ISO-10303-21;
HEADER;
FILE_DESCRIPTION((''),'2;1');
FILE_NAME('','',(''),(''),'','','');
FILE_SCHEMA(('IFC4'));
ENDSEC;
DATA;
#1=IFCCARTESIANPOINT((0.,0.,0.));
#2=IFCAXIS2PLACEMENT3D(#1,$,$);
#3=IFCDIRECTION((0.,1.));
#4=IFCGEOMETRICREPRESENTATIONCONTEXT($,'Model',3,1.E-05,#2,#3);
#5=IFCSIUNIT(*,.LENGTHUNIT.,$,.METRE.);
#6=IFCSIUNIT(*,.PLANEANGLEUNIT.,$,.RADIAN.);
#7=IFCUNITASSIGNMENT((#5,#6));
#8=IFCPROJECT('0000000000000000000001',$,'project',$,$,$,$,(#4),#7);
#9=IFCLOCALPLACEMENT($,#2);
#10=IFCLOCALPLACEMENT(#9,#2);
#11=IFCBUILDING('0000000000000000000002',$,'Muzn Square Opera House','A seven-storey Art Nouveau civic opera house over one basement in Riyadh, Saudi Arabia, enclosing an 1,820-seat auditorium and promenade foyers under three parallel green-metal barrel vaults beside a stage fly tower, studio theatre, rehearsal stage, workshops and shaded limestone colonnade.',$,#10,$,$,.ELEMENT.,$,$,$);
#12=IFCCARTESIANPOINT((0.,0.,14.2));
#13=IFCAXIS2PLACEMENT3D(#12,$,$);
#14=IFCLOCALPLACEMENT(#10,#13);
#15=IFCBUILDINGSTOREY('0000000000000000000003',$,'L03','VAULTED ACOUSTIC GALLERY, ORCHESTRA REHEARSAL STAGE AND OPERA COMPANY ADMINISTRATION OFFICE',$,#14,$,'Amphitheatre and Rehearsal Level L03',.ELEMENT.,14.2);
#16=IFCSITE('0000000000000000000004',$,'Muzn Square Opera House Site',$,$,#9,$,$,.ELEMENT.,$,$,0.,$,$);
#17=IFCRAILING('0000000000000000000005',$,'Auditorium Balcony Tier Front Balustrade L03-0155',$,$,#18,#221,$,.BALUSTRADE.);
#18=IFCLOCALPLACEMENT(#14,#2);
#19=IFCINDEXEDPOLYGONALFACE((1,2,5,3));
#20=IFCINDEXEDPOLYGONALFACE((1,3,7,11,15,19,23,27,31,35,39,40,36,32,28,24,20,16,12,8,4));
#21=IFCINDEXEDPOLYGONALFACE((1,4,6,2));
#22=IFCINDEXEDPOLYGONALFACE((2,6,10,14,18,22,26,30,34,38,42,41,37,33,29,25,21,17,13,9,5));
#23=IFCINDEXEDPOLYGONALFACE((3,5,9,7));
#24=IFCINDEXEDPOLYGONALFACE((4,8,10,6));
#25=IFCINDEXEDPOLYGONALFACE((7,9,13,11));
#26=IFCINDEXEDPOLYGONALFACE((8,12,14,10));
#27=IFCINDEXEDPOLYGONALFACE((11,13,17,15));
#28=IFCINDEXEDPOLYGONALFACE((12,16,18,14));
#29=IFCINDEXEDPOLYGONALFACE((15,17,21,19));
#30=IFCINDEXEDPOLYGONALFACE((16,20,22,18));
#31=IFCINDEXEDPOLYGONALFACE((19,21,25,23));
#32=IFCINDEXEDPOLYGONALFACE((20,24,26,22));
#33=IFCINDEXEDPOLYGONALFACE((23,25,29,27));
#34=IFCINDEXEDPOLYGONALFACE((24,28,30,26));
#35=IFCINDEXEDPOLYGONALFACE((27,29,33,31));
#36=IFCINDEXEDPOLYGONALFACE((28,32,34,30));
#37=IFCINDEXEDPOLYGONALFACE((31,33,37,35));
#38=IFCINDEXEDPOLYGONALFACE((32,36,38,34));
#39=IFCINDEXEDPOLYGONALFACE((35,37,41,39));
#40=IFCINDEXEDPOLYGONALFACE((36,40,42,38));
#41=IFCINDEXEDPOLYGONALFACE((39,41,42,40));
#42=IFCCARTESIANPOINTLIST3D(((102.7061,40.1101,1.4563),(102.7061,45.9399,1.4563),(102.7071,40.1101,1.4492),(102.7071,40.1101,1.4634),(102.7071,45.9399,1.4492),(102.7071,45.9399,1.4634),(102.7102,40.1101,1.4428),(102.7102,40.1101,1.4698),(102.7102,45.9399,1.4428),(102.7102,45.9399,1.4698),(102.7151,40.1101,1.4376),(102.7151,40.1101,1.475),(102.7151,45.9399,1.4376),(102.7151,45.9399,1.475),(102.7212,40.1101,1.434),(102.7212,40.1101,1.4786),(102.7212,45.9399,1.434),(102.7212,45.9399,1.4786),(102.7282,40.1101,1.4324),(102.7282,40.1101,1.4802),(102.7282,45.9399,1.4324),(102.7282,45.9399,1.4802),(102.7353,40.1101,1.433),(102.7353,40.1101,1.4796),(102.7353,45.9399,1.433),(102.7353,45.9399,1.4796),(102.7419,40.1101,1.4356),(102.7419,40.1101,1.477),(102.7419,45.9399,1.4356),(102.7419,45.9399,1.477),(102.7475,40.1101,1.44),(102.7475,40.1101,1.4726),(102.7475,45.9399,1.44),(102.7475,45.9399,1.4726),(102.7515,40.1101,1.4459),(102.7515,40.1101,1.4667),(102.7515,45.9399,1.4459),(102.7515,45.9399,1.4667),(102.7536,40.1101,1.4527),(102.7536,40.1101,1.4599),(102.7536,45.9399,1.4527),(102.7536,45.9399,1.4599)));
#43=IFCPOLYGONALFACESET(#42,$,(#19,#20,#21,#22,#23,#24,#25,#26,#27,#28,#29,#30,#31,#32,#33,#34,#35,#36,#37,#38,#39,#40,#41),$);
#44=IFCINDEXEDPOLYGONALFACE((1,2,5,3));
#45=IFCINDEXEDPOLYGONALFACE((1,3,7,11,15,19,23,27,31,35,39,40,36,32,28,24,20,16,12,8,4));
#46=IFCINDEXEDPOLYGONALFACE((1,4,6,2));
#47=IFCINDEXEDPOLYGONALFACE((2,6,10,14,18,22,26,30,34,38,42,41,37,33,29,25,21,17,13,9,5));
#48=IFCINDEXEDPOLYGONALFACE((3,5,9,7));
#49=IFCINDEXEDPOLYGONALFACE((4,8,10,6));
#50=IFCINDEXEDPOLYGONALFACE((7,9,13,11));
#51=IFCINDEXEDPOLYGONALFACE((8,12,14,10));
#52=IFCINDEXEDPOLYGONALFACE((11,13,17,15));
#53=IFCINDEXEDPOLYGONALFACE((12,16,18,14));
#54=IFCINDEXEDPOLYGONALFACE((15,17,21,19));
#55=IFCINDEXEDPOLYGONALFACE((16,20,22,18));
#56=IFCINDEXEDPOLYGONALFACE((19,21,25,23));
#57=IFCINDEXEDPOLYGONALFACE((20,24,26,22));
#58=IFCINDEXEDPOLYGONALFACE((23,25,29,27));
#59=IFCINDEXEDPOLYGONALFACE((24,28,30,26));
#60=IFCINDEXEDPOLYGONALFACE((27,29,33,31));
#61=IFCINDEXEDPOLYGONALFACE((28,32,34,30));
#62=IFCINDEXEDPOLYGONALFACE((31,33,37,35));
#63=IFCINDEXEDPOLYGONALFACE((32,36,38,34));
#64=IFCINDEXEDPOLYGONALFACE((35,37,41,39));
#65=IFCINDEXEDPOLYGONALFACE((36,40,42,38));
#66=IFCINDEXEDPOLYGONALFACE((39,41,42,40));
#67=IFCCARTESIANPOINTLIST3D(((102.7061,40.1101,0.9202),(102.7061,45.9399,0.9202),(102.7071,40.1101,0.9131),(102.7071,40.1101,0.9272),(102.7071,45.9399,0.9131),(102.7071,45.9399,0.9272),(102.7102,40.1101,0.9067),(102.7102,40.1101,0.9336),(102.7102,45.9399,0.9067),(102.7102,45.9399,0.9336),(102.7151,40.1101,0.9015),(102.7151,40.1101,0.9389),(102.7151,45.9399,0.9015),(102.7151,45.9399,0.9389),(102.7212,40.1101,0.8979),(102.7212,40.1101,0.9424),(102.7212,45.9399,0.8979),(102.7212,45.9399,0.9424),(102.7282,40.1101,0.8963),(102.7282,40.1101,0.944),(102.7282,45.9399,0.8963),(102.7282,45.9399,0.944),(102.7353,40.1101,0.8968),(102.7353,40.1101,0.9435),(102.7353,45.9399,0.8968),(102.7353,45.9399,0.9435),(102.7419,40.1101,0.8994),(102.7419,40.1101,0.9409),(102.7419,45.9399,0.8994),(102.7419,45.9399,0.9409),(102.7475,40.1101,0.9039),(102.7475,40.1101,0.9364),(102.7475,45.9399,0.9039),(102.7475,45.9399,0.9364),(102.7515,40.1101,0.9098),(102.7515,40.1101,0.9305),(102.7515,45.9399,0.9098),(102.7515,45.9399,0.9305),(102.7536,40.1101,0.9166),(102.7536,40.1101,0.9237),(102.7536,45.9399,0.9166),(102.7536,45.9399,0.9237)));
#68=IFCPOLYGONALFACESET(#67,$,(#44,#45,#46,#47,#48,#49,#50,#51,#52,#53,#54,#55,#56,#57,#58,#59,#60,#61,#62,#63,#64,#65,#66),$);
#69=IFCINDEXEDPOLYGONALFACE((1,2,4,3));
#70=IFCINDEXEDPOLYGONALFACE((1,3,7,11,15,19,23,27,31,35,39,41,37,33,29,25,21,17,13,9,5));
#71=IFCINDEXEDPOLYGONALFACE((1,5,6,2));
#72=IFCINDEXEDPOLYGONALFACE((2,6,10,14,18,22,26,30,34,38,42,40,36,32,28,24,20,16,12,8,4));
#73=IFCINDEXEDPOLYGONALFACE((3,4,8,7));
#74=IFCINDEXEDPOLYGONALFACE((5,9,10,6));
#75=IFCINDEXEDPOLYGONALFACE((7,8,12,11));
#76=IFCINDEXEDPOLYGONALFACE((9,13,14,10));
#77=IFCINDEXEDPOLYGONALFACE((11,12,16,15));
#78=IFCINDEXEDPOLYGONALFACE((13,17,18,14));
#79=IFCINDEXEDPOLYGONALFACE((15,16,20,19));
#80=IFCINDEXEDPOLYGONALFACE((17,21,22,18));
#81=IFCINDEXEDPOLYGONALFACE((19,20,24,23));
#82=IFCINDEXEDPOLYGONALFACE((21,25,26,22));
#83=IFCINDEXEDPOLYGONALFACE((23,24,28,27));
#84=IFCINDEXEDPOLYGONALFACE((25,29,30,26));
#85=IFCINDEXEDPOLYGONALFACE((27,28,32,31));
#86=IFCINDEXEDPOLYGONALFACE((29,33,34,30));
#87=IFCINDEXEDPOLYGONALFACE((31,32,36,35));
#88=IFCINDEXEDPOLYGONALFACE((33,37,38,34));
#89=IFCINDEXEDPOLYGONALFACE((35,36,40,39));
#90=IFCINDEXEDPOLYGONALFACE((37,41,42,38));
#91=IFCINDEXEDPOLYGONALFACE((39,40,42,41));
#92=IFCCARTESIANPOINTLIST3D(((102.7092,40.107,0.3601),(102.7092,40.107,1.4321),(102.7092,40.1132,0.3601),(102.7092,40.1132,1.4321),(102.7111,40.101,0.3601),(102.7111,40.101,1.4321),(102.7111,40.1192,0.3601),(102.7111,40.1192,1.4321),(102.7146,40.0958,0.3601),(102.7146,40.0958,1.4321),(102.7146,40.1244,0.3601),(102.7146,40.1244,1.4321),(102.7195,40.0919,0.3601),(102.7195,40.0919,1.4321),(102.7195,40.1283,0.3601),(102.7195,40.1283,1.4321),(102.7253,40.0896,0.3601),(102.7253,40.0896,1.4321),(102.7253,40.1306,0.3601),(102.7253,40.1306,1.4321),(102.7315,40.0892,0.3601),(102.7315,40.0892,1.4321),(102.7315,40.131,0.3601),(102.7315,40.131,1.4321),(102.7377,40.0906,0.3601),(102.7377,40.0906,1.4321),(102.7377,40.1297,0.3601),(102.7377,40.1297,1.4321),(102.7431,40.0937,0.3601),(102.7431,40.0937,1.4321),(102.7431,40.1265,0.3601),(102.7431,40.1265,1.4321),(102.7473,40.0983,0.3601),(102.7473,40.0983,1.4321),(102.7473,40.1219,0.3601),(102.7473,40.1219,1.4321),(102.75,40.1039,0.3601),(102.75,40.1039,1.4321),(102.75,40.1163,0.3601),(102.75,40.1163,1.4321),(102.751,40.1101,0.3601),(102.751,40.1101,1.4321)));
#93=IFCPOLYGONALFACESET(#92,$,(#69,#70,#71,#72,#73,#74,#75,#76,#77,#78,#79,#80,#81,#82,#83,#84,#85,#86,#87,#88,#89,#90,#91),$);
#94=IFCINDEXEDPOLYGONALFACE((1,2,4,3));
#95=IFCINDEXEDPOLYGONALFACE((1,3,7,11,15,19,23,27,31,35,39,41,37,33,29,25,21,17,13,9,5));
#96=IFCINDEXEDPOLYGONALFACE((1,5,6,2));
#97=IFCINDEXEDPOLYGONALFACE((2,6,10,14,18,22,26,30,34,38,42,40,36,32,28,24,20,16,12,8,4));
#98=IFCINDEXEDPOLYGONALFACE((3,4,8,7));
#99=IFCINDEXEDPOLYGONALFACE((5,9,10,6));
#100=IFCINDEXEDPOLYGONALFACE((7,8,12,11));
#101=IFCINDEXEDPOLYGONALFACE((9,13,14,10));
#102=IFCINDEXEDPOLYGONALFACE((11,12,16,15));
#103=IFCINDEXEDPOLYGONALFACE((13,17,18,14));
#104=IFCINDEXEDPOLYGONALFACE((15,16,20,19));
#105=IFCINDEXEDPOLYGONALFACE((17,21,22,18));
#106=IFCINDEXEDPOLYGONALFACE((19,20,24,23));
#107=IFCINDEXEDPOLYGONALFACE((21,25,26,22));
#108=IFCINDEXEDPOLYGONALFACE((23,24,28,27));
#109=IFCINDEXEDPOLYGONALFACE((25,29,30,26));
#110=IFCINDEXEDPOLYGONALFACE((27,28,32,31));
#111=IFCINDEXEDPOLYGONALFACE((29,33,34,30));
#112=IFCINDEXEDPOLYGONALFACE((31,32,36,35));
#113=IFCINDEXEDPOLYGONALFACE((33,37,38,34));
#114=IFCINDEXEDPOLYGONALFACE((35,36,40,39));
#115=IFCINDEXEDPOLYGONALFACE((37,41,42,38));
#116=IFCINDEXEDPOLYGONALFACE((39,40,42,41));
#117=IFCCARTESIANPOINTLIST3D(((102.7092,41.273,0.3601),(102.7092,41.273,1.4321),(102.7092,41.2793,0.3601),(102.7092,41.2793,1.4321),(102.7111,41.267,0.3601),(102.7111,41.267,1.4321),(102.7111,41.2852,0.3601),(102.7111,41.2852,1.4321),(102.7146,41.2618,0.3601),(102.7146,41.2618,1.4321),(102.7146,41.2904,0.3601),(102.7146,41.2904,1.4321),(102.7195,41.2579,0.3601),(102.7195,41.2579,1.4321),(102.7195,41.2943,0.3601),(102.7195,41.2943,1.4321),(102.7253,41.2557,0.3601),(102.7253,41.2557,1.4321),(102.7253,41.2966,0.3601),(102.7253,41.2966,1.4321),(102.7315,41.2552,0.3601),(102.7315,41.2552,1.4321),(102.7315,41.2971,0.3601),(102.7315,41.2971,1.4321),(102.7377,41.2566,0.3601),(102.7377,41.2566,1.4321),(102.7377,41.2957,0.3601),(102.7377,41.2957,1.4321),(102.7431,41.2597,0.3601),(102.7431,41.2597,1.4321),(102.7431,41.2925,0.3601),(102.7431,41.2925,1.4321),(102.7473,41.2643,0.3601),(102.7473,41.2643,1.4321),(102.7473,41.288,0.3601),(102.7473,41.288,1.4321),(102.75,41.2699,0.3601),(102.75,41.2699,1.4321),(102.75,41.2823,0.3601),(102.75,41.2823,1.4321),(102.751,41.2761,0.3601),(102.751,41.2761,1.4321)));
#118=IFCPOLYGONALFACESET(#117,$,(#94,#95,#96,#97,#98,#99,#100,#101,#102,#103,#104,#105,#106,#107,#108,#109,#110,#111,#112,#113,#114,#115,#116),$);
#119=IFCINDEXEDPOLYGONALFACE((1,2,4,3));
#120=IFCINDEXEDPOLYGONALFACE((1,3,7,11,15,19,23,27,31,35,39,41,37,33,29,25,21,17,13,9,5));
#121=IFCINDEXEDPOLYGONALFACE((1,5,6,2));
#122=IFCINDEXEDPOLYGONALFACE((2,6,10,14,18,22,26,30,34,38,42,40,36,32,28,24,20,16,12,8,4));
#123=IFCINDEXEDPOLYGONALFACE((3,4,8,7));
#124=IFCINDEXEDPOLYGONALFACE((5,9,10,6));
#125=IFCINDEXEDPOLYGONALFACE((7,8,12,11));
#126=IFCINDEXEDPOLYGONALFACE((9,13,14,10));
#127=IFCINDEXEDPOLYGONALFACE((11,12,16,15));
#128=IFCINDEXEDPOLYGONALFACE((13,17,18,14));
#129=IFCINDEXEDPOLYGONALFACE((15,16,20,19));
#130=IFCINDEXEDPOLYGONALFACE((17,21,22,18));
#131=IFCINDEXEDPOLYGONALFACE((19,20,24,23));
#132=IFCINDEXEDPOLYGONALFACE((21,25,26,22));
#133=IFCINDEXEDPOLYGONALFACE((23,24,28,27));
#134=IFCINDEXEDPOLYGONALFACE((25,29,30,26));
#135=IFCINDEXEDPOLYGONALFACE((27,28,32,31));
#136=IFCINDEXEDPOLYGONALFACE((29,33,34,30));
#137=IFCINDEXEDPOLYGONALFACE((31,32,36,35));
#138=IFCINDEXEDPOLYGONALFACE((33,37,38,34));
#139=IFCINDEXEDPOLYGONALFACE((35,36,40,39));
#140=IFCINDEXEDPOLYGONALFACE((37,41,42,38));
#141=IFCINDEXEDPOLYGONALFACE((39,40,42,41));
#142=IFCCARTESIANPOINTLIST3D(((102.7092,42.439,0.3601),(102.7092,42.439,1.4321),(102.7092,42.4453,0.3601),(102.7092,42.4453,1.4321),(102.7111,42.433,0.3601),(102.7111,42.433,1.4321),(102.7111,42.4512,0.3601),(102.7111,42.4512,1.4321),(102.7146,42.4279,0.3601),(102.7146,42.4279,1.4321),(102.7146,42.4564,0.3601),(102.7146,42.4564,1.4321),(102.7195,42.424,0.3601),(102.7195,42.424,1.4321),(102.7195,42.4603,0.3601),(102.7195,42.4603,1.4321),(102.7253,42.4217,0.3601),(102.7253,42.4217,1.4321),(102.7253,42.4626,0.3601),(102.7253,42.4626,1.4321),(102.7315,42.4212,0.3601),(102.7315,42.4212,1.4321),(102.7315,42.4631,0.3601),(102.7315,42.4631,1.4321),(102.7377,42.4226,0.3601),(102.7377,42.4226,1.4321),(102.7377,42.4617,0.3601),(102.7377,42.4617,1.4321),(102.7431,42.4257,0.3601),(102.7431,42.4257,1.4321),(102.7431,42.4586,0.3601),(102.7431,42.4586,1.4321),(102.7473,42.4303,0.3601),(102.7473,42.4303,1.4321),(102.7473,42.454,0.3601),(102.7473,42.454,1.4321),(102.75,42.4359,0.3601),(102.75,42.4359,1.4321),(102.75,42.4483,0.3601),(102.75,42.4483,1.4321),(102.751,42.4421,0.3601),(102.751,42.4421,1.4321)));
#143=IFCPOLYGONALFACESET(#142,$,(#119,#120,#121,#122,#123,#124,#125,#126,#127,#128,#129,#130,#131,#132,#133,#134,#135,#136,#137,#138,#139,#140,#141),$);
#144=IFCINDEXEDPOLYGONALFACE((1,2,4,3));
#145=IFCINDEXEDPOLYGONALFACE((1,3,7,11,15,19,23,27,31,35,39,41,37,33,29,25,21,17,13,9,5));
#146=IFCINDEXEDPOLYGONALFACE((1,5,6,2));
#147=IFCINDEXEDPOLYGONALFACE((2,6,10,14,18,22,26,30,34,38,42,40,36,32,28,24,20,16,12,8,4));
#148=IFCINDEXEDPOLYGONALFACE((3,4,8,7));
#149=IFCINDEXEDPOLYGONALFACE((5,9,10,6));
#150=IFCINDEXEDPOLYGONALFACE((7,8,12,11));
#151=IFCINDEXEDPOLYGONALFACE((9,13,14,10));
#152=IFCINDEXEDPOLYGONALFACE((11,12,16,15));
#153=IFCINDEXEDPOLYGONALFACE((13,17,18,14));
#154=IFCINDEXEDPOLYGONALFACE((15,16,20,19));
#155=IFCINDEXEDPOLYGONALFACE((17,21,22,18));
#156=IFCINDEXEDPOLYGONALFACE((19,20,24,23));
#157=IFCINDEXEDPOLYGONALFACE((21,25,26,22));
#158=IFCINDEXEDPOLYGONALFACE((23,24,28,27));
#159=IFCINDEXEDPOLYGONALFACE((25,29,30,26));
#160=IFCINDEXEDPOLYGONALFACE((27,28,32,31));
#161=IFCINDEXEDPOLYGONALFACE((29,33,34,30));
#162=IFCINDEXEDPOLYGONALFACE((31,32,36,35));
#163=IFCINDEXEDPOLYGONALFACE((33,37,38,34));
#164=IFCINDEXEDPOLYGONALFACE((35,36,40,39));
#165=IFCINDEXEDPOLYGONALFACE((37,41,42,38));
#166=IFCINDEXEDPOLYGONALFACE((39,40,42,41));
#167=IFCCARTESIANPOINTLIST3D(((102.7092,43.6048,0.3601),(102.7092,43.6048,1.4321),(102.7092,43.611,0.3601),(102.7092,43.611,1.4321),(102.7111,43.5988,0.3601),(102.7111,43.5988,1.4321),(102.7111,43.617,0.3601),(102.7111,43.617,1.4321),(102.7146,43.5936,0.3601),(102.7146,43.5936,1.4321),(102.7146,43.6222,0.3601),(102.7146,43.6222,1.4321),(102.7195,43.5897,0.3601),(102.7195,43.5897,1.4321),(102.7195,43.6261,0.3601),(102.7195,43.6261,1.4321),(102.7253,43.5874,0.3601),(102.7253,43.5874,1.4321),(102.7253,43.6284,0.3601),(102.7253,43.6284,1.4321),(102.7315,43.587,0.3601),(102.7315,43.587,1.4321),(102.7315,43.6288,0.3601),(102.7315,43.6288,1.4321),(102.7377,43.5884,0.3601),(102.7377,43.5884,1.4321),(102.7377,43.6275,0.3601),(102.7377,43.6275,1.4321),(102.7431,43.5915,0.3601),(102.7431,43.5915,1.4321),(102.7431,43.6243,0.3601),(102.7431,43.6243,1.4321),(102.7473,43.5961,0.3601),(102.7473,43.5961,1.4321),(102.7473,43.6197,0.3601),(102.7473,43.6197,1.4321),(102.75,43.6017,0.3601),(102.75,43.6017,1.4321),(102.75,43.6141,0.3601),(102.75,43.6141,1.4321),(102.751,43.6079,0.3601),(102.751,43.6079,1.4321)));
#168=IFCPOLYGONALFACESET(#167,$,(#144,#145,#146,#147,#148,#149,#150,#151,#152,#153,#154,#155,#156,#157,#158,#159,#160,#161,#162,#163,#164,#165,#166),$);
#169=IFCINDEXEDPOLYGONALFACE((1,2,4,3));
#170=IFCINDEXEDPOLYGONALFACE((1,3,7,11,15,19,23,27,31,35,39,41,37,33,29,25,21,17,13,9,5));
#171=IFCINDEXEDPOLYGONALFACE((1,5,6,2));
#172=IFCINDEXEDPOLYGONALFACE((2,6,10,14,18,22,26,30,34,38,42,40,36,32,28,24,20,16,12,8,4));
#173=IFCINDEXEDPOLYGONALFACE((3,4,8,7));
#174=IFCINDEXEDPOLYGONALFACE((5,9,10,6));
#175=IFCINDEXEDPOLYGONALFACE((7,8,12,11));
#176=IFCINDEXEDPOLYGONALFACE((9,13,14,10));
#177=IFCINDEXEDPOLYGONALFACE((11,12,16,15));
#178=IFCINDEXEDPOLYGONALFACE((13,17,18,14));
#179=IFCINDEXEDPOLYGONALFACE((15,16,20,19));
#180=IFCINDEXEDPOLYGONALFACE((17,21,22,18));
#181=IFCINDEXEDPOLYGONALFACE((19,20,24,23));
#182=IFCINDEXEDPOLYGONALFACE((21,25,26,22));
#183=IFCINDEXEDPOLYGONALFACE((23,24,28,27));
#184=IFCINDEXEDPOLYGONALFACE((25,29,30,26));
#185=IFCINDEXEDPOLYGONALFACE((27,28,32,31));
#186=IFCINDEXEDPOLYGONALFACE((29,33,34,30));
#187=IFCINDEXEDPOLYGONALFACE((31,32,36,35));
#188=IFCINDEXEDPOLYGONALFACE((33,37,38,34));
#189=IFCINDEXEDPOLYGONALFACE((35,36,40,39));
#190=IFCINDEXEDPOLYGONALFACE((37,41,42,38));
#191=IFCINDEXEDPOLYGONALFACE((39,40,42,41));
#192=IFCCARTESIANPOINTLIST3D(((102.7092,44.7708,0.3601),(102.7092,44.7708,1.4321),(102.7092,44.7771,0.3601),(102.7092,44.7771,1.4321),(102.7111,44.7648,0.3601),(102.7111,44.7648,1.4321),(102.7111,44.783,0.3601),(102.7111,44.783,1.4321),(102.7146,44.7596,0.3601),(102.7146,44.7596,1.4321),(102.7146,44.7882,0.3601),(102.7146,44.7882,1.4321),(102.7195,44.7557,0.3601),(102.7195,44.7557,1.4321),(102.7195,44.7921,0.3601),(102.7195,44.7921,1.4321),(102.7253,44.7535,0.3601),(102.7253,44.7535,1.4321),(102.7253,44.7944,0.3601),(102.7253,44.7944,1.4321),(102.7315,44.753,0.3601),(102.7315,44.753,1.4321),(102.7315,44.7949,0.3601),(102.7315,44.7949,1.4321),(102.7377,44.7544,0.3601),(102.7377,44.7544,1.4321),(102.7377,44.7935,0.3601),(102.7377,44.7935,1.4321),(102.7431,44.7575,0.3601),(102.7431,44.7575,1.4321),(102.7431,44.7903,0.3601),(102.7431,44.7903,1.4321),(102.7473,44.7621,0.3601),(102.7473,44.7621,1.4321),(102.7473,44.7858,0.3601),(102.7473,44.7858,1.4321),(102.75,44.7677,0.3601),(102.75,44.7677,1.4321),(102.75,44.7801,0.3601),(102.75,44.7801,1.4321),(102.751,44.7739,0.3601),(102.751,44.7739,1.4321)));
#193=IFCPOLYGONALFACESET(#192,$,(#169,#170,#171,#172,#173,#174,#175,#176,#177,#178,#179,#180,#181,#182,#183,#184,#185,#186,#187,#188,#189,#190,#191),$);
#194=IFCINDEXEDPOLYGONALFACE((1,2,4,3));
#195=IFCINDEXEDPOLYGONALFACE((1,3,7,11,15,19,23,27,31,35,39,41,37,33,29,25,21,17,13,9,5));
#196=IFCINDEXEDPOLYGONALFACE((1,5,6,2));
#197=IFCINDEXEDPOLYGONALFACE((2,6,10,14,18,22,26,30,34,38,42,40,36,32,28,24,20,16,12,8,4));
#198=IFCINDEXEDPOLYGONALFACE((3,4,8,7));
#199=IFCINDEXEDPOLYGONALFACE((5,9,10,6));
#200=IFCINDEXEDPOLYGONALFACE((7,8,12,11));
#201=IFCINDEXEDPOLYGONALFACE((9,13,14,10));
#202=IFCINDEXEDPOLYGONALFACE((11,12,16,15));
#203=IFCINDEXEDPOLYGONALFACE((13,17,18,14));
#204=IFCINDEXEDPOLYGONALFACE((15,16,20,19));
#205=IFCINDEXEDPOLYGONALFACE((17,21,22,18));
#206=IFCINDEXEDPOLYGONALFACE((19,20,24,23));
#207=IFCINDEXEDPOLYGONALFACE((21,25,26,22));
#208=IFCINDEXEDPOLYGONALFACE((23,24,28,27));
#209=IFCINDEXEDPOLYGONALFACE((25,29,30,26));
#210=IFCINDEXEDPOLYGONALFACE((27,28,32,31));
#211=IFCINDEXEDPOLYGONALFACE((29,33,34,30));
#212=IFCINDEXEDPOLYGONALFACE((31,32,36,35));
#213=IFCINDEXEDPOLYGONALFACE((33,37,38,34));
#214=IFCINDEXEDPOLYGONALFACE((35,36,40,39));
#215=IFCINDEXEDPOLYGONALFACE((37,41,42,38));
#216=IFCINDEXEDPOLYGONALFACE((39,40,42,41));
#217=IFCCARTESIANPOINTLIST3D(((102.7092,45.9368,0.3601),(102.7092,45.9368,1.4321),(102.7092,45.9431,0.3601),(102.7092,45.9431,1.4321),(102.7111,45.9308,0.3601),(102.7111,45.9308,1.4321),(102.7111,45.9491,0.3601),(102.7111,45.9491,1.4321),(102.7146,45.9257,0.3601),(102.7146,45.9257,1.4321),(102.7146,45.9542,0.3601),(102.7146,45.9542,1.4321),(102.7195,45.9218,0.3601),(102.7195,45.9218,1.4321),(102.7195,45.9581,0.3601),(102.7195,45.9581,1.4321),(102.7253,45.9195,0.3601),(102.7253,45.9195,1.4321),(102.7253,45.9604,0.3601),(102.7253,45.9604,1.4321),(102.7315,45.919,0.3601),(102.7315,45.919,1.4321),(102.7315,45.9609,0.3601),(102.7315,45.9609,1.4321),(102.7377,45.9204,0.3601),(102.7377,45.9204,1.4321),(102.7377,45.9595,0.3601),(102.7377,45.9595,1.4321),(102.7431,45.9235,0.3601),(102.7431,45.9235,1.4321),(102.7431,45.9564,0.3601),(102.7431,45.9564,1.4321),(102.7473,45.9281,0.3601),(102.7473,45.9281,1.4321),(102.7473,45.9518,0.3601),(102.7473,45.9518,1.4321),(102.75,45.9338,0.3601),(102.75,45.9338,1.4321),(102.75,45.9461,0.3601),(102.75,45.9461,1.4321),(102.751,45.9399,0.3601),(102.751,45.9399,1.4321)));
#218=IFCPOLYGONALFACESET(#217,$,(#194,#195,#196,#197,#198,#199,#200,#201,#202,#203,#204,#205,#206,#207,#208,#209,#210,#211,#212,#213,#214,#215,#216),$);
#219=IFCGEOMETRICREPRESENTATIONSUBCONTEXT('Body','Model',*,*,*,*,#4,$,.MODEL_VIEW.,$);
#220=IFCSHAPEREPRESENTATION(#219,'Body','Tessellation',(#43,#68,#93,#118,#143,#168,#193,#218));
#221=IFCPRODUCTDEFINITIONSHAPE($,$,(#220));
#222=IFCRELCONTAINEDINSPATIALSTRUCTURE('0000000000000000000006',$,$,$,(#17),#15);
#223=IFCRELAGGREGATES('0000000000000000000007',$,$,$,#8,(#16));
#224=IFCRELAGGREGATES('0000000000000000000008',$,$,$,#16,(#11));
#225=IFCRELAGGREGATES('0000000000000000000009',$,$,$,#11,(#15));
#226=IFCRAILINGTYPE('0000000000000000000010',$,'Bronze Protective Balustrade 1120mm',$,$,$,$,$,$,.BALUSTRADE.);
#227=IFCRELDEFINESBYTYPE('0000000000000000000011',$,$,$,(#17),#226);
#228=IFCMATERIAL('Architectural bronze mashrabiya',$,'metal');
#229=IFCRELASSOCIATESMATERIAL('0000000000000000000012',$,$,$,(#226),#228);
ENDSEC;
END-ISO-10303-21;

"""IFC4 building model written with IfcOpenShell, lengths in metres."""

from ifc_helpers import new_model, si_unit, direction, frame, origin, origin_2d, place, context, subcontext, project, spatial, circle, extrude, material, type_object, element, save


model = new_model("IFC4")

# Units and contexts
model_context = context("Model", 3, precision=1e-05, world=origin(), true_north=direction((0.0, 1.0)))
body_context = subcontext(model_context, "Body", "Model", "MODEL_VIEW")
ifc_project = project(units=[si_unit("LENGTHUNIT", "METRE"), si_unit("PLANEANGLEUNIT", "RADIAN")], contexts=[model_context])

# Site, building, storey
site_placement = place(None, origin())
site = spatial("IfcSite", under=ifc_project, at=site_placement, Name="Muzn Square Opera House Site", CompositionType="ELEMENT", RefElevation=0.0)
building_placement = place(site_placement, origin())
building = spatial("IfcBuilding", under=site, at=building_placement, Name="Muzn Square Opera House", Description="A seven-storey Art Nouveau civic opera house over one basement in Riyadh, Saudi Arabia, enclosing an 1,820-seat auditorium and promenade foyers under three parallel green-metal barrel vaults beside a stage fly tower, studio theatre, rehearsal stage, workshops and shaded limestone colonnade.", CompositionType="ELEMENT")
storey_placement = place(building_placement, frame((0.0, 0.0, 14.2)))
storey = spatial("IfcBuildingStorey", under=building, at=storey_placement, Name="L03", Description="VAULTED ACOUSTIC GALLERY, ORCHESTRA REHEARSAL STAGE AND OPERA COMPANY ADMINISTRATION OFFICE", LongName="Amphitheatre and Rehearsal Level L03", CompositionType="ELEMENT", Elevation=14.2)

# Railing
ifc_material_1 = material(Name="Architectural bronze mashrabiya", Category="metal")
railing_type_1 = type_object("IfcRailingType", Name="Bronze Protective Balustrade 1120mm", PredefinedType="BALUSTRADE", material=ifc_material_1)
railing_1_placement = place(storey_placement, frame((102.73, 40.1101, 0.3601)))
element("IfcRailing", 1, at=railing_1_placement, inside=storey, type_object=railing_type_1, Name="Auditorium Balcony Tier Front Balustrade L03-0155", PredefinedType="BALUSTRADE", context=body_context, shape_type="SweptSolid", body=[
    extrude(circle(Radius=0.0239, at=origin_2d()), frame((0.0, 0.0, 1.0962), z_axis=(0.0, 1.0, 0.0), x_axis=(-1.0, 0.0, 0.0)), (0.0, 0.0, 1.0), 5.8298),
    extrude(circle(Radius=0.0239, at=origin_2d()), frame((0.0, 0.0, 0.5601), z_axis=(0.0, 1.0, 0.0), x_axis=(-1.0, 0.0, 0.0)), (0.0, 0.0, 1.0), 5.8298),
    extrude(circle(Radius=0.021, at=origin_2d()), origin(), (0.0, 0.0, 1.0), 1.072),
    extrude(circle(Radius=0.021, at=origin_2d()), frame((0.0, 1.166, 0.0)), (0.0, 0.0, 1.0), 1.072),
    extrude(circle(Radius=0.021, at=origin_2d()), frame((0.0, 2.332, 0.0)), (0.0, 0.0, 1.0), 1.072),
    extrude(circle(Radius=0.021, at=origin_2d()), frame((0.0, 3.4978, 0.0)), (0.0, 0.0, 1.0), 1.072),
    extrude(circle(Radius=0.021, at=origin_2d()), frame((0.0, 4.6638, 0.0)), (0.0, 0.0, 1.0), 1.072),
    extrude(circle(Radius=0.021, at=origin_2d()), frame((0.0, 5.8298, 0.0)), (0.0, 0.0, 1.0), 1.072),
])

save(model, "model.ifc")
